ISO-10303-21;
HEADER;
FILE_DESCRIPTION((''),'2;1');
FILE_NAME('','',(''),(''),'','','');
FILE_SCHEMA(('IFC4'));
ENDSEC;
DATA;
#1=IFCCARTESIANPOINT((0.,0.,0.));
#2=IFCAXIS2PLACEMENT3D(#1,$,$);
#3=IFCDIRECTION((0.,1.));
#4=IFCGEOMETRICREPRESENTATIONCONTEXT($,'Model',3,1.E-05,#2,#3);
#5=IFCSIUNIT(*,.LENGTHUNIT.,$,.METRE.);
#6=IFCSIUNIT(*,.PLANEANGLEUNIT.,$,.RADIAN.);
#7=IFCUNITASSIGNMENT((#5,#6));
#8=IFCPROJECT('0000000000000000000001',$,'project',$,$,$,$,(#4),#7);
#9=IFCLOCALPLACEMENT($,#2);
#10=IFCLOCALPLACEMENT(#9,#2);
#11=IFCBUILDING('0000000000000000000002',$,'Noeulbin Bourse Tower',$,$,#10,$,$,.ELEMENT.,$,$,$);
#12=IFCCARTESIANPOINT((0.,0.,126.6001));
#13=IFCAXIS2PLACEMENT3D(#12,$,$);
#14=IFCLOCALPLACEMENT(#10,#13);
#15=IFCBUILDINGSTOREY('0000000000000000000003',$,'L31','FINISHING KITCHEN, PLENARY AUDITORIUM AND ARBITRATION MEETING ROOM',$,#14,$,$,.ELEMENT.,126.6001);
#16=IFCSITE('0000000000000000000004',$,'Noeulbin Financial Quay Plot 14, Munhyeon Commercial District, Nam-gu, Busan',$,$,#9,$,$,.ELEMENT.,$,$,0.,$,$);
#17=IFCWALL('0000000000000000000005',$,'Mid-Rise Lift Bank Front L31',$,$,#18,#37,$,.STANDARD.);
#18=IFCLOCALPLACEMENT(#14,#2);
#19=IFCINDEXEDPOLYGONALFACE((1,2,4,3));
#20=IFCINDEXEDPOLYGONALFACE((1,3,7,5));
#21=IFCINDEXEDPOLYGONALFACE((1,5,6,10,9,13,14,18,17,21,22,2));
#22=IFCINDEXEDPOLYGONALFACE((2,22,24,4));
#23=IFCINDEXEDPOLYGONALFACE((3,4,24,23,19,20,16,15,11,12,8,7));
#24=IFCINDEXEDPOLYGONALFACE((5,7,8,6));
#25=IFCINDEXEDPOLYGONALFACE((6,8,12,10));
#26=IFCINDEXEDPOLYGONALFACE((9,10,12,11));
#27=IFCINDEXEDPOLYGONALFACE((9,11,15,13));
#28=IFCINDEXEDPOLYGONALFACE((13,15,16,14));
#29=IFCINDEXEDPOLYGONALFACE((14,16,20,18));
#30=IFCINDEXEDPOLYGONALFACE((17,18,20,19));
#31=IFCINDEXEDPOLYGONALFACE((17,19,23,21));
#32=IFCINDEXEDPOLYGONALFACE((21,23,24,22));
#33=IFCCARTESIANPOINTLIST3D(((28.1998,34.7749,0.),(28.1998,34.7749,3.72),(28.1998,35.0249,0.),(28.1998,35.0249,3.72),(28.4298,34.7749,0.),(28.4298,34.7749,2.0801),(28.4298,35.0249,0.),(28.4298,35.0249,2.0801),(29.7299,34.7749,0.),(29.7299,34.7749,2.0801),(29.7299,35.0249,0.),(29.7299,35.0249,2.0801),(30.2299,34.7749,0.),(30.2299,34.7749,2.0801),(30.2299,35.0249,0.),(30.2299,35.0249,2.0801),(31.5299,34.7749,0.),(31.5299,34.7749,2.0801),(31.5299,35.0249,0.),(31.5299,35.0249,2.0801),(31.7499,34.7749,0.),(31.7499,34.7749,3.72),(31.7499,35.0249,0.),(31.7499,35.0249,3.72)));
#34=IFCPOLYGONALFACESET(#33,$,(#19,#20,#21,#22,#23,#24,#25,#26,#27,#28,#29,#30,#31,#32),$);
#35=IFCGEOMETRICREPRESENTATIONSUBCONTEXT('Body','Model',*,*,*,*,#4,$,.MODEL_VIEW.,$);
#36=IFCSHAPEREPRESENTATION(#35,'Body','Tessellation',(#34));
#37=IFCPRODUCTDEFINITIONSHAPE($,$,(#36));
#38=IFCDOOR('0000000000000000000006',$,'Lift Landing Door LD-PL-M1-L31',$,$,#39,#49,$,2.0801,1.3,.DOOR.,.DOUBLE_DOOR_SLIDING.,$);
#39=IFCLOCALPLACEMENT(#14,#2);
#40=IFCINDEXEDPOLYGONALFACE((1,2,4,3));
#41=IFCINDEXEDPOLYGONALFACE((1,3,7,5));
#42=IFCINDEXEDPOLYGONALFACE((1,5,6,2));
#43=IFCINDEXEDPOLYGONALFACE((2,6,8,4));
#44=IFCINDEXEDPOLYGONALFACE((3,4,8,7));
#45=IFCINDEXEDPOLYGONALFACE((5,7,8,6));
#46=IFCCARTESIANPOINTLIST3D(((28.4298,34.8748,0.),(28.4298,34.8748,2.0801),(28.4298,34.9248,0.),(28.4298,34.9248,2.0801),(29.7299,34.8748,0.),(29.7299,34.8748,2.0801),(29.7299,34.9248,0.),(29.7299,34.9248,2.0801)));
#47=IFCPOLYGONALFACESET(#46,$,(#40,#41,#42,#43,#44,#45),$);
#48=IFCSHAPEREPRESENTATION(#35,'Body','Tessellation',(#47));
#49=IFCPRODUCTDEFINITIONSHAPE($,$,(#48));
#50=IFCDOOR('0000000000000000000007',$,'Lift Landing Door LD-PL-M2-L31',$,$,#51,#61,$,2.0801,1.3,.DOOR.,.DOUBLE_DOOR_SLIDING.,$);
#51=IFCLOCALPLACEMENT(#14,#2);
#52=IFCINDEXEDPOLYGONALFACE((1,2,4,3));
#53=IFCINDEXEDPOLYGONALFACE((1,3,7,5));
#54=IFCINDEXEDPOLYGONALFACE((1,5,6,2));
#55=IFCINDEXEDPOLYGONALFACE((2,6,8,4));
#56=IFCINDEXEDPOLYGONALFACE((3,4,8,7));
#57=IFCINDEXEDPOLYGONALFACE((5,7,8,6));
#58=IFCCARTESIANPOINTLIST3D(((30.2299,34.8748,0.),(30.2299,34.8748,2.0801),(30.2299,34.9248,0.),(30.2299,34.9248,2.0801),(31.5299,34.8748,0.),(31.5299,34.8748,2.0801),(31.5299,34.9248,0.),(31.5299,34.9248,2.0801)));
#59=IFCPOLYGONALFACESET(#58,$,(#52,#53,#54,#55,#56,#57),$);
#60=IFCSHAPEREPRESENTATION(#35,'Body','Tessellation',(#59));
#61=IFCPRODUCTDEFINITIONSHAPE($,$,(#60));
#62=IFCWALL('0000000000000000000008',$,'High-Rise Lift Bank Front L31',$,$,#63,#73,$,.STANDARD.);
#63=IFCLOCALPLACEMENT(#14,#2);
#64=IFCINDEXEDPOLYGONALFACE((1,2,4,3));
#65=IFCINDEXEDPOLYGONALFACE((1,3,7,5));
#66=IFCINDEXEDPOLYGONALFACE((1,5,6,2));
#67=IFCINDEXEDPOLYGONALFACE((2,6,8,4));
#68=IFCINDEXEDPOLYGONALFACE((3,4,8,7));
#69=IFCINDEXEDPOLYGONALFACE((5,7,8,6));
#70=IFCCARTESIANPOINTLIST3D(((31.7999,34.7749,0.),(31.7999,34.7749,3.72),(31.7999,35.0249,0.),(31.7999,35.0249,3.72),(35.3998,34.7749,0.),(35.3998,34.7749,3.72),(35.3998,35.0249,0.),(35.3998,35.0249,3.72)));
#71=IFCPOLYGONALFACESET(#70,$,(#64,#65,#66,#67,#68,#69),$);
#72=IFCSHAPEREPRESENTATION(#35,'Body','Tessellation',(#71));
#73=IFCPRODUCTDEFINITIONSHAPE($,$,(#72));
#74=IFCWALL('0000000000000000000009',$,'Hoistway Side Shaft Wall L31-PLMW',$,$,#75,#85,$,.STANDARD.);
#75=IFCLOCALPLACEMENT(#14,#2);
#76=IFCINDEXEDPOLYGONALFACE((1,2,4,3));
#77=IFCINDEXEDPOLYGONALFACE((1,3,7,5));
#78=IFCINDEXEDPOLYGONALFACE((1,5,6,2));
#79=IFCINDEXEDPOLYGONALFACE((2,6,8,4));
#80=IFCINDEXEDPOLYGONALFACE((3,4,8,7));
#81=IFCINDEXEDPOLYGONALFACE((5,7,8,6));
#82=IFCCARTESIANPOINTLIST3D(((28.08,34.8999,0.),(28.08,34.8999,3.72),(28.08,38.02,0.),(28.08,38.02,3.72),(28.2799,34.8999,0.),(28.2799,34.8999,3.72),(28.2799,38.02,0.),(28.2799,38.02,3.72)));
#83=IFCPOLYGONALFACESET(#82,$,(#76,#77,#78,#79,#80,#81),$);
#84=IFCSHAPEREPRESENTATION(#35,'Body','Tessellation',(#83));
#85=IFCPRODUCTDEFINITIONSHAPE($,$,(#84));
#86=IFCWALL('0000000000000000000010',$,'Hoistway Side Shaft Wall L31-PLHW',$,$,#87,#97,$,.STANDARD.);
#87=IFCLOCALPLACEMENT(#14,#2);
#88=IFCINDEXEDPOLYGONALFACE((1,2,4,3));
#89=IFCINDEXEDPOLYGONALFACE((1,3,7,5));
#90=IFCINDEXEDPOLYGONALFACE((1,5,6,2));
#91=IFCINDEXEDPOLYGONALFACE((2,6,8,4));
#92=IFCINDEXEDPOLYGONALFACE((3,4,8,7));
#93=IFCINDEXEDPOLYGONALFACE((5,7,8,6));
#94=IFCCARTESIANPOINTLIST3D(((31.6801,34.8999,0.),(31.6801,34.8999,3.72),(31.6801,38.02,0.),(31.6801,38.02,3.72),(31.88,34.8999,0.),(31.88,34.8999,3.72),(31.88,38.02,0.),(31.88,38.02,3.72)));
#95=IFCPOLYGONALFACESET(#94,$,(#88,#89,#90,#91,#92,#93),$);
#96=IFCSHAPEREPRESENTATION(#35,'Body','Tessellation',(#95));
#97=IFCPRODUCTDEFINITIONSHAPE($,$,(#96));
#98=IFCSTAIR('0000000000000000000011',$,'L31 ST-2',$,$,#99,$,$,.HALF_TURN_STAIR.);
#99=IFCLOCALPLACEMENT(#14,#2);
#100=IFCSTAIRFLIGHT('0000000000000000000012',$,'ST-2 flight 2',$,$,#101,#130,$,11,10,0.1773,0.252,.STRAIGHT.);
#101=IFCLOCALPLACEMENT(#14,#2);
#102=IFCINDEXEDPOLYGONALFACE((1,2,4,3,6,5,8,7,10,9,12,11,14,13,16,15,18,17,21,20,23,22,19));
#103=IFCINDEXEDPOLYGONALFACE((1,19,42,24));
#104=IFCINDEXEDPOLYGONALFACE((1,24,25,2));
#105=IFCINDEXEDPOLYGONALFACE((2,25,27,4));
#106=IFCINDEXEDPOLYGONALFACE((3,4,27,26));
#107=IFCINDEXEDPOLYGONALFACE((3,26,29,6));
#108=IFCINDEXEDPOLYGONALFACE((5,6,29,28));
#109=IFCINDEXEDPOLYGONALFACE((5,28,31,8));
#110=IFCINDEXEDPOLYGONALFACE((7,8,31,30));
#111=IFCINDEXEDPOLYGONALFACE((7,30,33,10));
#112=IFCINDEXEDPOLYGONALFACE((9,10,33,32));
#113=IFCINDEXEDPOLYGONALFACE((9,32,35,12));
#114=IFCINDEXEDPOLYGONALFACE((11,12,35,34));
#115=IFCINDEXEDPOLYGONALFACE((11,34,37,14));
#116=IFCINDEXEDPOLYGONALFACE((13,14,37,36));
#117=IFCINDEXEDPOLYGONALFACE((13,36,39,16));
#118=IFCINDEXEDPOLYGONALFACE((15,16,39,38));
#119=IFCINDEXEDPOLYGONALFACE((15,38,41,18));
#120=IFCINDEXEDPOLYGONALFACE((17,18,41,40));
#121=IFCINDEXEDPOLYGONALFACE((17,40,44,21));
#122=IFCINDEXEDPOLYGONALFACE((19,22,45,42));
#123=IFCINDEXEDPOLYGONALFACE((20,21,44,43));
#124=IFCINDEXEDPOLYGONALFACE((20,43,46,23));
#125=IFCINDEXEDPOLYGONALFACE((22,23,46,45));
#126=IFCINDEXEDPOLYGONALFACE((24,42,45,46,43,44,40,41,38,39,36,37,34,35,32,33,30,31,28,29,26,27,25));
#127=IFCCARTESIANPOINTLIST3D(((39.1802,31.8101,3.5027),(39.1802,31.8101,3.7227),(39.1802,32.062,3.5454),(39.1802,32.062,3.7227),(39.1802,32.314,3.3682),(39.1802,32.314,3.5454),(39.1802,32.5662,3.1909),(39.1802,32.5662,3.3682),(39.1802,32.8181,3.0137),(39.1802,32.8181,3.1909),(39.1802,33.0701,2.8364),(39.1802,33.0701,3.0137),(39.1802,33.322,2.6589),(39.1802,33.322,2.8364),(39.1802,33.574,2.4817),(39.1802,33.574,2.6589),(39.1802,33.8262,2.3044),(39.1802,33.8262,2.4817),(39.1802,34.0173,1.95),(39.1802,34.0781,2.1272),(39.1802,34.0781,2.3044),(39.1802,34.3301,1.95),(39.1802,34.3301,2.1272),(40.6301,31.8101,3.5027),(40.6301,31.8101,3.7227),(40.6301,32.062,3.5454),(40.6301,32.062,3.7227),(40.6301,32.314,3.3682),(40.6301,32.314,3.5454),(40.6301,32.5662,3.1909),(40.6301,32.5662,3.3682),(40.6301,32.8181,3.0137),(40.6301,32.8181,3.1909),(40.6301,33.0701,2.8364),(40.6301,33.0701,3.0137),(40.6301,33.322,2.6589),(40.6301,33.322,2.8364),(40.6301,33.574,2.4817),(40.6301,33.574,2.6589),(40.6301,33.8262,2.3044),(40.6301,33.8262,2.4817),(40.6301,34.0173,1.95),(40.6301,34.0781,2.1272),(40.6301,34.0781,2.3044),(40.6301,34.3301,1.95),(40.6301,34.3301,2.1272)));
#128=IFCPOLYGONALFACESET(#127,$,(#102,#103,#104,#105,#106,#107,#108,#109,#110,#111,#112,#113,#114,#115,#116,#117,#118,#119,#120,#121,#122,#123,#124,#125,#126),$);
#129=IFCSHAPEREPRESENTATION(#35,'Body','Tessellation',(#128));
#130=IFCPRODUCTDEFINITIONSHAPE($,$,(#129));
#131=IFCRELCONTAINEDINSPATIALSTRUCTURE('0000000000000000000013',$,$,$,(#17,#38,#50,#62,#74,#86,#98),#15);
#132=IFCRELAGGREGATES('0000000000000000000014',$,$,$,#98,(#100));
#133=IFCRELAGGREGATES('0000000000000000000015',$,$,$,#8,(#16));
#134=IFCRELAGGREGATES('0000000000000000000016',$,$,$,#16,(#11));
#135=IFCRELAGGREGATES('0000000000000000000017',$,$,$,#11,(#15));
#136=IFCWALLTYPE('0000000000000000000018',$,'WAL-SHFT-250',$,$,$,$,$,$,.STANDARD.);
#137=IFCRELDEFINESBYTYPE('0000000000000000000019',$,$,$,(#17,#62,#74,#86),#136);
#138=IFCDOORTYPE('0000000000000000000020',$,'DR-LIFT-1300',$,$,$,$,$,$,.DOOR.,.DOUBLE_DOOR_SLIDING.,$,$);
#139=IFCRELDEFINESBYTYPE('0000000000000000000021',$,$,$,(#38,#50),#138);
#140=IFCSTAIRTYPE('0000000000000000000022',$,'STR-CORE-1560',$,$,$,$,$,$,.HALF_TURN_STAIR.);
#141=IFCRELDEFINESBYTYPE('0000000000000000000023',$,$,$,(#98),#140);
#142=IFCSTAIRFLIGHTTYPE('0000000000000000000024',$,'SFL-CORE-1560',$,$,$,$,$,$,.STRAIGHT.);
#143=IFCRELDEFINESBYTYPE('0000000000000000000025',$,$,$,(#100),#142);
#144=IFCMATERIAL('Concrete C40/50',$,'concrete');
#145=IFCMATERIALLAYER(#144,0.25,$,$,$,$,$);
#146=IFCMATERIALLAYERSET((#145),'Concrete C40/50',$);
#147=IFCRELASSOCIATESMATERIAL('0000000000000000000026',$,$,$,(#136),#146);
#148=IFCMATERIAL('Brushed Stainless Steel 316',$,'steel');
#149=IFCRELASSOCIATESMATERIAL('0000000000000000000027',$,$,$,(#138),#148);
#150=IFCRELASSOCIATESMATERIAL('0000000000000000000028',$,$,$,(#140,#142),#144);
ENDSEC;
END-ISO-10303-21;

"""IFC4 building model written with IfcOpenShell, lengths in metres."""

from ifc_helpers import new_model, si_unit, direction, frame, frame_2d, origin, place, context, subcontext, project, spatial, polyline, rectangle, outline, extrude, material, layer, layer_set, type_object, element, fill, aggregate, save


model = new_model("IFC4")

# Units and contexts
model_context = context("Model", 3, precision=1e-05, world=origin(), true_north=direction((0.0, 1.0)))
body_context = subcontext(model_context, "Body", "Model", "MODEL_VIEW")
ifc_project = project(units=[si_unit("LENGTHUNIT", "METRE"), si_unit("PLANEANGLEUNIT", "RADIAN")], contexts=[model_context])

# Site, building, storey
site_placement = place(None, origin())
site = spatial("IfcSite", under=ifc_project, at=site_placement, Name="Noeulbin Financial Quay Plot 14, Munhyeon Commercial District, Nam-gu, Busan", CompositionType="ELEMENT", RefElevation=0.0)
building_placement = place(site_placement, origin())
building = spatial("IfcBuilding", under=site, at=building_placement, Name="Noeulbin Bourse Tower", CompositionType="ELEMENT")
storey_placement = place(building_placement, frame((0.0, 0.0, 126.6001)))
storey = spatial("IfcBuildingStorey", under=building, at=storey_placement, Name="L31", Description="FINISHING KITCHEN, PLENARY AUDITORIUM AND ARBITRATION MEETING ROOM", CompositionType="ELEMENT", Elevation=126.6001)

# Shared definitions
ifc_material_1 = material(Name="Concrete C40/50", Category="concrete")
ifc_layer_1 = layer(ifc_material_1, 0.25)
ifc_layer_set_1 = layer_set([ifc_layer_1], Name="Concrete C40/50")
wall_type = type_object("IfcWallType", Name="WAL-SHFT-250", PredefinedType="STANDARD", material=ifc_layer_set_1)

# Wall, openings, doors
wall_1_placement = place(storey_placement, frame((28.2, 34.8999, 0.0), z_axis=(0.0, 0.0, 1.0), x_axis=(1.0, 0.0, 0.0)))
wall_1 = element("IfcWall", 1, at=wall_1_placement, inside=storey, type_object=wall_type, Name="Mid-Rise Lift Bank Front L31", PredefinedType="STANDARD", context=body_context, shape_type="SweptSolid", body=[
    extrude(rectangle(XDim=3.55, YDim=0.25, at=frame_2d((1.7749, 0.0))), origin(), (0.0, 0.0, 1.0), 3.72),
])
opening_1_placement = place(wall_1_placement, frame((0.23, 0.0, 0.0)))
opening_1 = element("IfcOpeningElement", 2, at=opening_1_placement, cuts=wall_1, PredefinedType="OPENING", context=body_context, shape_type="SweptSolid", body=[
    extrude(rectangle(XDim=1.3, YDim=2.0801, at=frame_2d((0.6499, 1.04))), frame((0.0, 0.135, 0.0), z_axis=(0.0, -1.0, 0.0), x_axis=(1.0, 0.0, 0.0)), (0.0, 0.0, 1.0), 0.27),
])
opening_2_placement = place(wall_1_placement, frame((2.03, 0.0, 0.0)))
opening_2 = element("IfcOpeningElement", 3, at=opening_2_placement, cuts=wall_1, PredefinedType="OPENING", context=body_context, shape_type="SweptSolid", body=[
    extrude(rectangle(XDim=1.3, YDim=2.0801, at=frame_2d((0.6499, 1.04))), frame((0.0, 0.135, 0.0), z_axis=(0.0, -1.0, 0.0), x_axis=(1.0, 0.0, 0.0)), (0.0, 0.0, 1.0), 0.27),
])
ifc_material_2 = material(Name="Brushed Stainless Steel 316", Category="steel")
door_type = type_object("IfcDoorType", Name="DR-LIFT-1300", OperationType="DOUBLE_DOOR_SLIDING", PredefinedType="DOOR", material=ifc_material_2)
door_1_placement = place(opening_1_placement, origin())
door_1 = element("IfcDoor", 4, at=door_1_placement, inside=storey, type_object=door_type, Name="Lift Landing Door LD-PL-M1-L31", OperationType="DOUBLE_DOOR_SLIDING", OverallHeight=2.0801, OverallWidth=1.3, PredefinedType="DOOR", context=body_context, shape_type="SweptSolid", body=[
    extrude(rectangle(XDim=1.3, YDim=2.0801, at=frame_2d((0.6499, 1.04))), frame((0.0, 0.0249, 0.0), z_axis=(0.0, -1.0, 0.0), x_axis=(1.0, 0.0, 0.0)), (0.0, 0.0, 1.0), 0.05),
])
fill(opening_1, door_1)
door_2_placement = place(opening_2_placement, origin())
door_2 = element("IfcDoor", 5, at=door_2_placement, inside=storey, type_object=door_type, Name="Lift Landing Door LD-PL-M2-L31", OperationType="DOUBLE_DOOR_SLIDING", OverallHeight=2.0801, OverallWidth=1.3, PredefinedType="DOOR", context=body_context, shape_type="SweptSolid", body=[
    extrude(rectangle(XDim=1.3, YDim=2.0801, at=frame_2d((0.6499, 1.04))), frame((0.0, 0.0249, 0.0), z_axis=(0.0, -1.0, 0.0), x_axis=(1.0, 0.0, 0.0)), (0.0, 0.0, 1.0), 0.05),
])
fill(opening_2, door_2)

# Walls
wall_2_placement = place(storey_placement, frame((31.8, 34.8999, 0.0), z_axis=(0.0, 0.0, 1.0), x_axis=(1.0, 0.0, 0.0)))
element("IfcWall", 6, at=wall_2_placement, inside=storey, type_object=wall_type, Name="High-Rise Lift Bank Front L31", PredefinedType="STANDARD", context=body_context, shape_type="SweptSolid", body=[
    extrude(rectangle(XDim=3.5999, YDim=0.25, at=frame_2d((1.7998, 0.0))), origin(), (0.0, 0.0, 1.0), 3.72),
])
for number, where, z_axis, x_axis, name in (
    (7, (28.1799, 34.8999, 0.0), (0.0, 0.0, 1.0), (0.0, 1.0, 0.0), "Hoistway Side Shaft Wall L31-PLMW"),
    (8, (31.78, 34.8999, 0.0), (0.0, 0.0, 1.0), (0.0, 1.0, 0.0), "Hoistway Side Shaft Wall L31-PLHW"),
):
    element("IfcWall", number, at=place(storey_placement, frame(where, z_axis=z_axis, x_axis=x_axis)), inside=storey, type_object=wall_type, Name=name, PredefinedType="STANDARD", context=body_context, shape_type="SweptSolid", body=[
        extrude(rectangle(XDim=3.1201, YDim=0.2, at=frame_2d((1.5601, 0.0))), origin(), (0.0, 0.0, 1.0), 3.72),
    ])

# Stair, stair flight
stair_type = type_object("IfcStairType", Name="STR-CORE-1560", PredefinedType="HALF_TURN_STAIR", material=ifc_material_1)
stair_placement = place(storey_placement, origin())
stair = element("IfcStair", 9, at=stair_placement, inside=storey, type_object=stair_type, Name="L31 ST-2", PredefinedType="HALF_TURN_STAIR")
stair_flight_type = type_object("IfcStairFlightType", Name="SFL-CORE-1560", PredefinedType="STRAIGHT", material=ifc_material_1)
stair_flight_placement = place(storey_placement, frame((39.905, 34.3301, 1.95), z_axis=(0.0, 0.0, 1.0), x_axis=(0.0, -1.0, 0.0)))
stair_flight = element("IfcStairFlight", 10, at=stair_flight_placement, type_object=stair_flight_type, Name="ST-2 flight 2", NumberOfRisers=11, NumberOfTreads=10, PredefinedType="STRAIGHT", RiserHeight=0.1773, TreadLength=0.252, context=body_context, shape_type="SweptSolid", body=[
    extrude(outline(polyline([(0.0, 0.0), (0.0, 0.1772), (0.252, 0.1772), (0.252, 0.3545), (0.5039, 0.3545), (0.5039, 0.5317), (0.7561, 0.5317), (0.7561, 0.709), (1.0081, 0.709), (1.0081, 0.8865), (1.26, 0.8865), (1.26, 1.0637), (1.512, 1.0637), (1.512, 1.241), (1.7639, 1.241), (1.7639, 1.4182), (2.0161, 1.4182), (2.0161, 1.5955), (2.2681, 1.5955), (2.2681, 1.7727), (2.52, 1.7727), (2.52, 1.95), (2.52, 1.5527), (0.3127, 0.0), (0.0, 0.0)])), frame((0.0, 0.7251, 0.0), z_axis=(0.0, -1.0, 0.0), x_axis=(1.0, 0.0, 0.0)), (0.0, 0.0, 1.0), 1.45),
])
aggregate(stair, [stair_flight])

save(model, "model.ifc")
